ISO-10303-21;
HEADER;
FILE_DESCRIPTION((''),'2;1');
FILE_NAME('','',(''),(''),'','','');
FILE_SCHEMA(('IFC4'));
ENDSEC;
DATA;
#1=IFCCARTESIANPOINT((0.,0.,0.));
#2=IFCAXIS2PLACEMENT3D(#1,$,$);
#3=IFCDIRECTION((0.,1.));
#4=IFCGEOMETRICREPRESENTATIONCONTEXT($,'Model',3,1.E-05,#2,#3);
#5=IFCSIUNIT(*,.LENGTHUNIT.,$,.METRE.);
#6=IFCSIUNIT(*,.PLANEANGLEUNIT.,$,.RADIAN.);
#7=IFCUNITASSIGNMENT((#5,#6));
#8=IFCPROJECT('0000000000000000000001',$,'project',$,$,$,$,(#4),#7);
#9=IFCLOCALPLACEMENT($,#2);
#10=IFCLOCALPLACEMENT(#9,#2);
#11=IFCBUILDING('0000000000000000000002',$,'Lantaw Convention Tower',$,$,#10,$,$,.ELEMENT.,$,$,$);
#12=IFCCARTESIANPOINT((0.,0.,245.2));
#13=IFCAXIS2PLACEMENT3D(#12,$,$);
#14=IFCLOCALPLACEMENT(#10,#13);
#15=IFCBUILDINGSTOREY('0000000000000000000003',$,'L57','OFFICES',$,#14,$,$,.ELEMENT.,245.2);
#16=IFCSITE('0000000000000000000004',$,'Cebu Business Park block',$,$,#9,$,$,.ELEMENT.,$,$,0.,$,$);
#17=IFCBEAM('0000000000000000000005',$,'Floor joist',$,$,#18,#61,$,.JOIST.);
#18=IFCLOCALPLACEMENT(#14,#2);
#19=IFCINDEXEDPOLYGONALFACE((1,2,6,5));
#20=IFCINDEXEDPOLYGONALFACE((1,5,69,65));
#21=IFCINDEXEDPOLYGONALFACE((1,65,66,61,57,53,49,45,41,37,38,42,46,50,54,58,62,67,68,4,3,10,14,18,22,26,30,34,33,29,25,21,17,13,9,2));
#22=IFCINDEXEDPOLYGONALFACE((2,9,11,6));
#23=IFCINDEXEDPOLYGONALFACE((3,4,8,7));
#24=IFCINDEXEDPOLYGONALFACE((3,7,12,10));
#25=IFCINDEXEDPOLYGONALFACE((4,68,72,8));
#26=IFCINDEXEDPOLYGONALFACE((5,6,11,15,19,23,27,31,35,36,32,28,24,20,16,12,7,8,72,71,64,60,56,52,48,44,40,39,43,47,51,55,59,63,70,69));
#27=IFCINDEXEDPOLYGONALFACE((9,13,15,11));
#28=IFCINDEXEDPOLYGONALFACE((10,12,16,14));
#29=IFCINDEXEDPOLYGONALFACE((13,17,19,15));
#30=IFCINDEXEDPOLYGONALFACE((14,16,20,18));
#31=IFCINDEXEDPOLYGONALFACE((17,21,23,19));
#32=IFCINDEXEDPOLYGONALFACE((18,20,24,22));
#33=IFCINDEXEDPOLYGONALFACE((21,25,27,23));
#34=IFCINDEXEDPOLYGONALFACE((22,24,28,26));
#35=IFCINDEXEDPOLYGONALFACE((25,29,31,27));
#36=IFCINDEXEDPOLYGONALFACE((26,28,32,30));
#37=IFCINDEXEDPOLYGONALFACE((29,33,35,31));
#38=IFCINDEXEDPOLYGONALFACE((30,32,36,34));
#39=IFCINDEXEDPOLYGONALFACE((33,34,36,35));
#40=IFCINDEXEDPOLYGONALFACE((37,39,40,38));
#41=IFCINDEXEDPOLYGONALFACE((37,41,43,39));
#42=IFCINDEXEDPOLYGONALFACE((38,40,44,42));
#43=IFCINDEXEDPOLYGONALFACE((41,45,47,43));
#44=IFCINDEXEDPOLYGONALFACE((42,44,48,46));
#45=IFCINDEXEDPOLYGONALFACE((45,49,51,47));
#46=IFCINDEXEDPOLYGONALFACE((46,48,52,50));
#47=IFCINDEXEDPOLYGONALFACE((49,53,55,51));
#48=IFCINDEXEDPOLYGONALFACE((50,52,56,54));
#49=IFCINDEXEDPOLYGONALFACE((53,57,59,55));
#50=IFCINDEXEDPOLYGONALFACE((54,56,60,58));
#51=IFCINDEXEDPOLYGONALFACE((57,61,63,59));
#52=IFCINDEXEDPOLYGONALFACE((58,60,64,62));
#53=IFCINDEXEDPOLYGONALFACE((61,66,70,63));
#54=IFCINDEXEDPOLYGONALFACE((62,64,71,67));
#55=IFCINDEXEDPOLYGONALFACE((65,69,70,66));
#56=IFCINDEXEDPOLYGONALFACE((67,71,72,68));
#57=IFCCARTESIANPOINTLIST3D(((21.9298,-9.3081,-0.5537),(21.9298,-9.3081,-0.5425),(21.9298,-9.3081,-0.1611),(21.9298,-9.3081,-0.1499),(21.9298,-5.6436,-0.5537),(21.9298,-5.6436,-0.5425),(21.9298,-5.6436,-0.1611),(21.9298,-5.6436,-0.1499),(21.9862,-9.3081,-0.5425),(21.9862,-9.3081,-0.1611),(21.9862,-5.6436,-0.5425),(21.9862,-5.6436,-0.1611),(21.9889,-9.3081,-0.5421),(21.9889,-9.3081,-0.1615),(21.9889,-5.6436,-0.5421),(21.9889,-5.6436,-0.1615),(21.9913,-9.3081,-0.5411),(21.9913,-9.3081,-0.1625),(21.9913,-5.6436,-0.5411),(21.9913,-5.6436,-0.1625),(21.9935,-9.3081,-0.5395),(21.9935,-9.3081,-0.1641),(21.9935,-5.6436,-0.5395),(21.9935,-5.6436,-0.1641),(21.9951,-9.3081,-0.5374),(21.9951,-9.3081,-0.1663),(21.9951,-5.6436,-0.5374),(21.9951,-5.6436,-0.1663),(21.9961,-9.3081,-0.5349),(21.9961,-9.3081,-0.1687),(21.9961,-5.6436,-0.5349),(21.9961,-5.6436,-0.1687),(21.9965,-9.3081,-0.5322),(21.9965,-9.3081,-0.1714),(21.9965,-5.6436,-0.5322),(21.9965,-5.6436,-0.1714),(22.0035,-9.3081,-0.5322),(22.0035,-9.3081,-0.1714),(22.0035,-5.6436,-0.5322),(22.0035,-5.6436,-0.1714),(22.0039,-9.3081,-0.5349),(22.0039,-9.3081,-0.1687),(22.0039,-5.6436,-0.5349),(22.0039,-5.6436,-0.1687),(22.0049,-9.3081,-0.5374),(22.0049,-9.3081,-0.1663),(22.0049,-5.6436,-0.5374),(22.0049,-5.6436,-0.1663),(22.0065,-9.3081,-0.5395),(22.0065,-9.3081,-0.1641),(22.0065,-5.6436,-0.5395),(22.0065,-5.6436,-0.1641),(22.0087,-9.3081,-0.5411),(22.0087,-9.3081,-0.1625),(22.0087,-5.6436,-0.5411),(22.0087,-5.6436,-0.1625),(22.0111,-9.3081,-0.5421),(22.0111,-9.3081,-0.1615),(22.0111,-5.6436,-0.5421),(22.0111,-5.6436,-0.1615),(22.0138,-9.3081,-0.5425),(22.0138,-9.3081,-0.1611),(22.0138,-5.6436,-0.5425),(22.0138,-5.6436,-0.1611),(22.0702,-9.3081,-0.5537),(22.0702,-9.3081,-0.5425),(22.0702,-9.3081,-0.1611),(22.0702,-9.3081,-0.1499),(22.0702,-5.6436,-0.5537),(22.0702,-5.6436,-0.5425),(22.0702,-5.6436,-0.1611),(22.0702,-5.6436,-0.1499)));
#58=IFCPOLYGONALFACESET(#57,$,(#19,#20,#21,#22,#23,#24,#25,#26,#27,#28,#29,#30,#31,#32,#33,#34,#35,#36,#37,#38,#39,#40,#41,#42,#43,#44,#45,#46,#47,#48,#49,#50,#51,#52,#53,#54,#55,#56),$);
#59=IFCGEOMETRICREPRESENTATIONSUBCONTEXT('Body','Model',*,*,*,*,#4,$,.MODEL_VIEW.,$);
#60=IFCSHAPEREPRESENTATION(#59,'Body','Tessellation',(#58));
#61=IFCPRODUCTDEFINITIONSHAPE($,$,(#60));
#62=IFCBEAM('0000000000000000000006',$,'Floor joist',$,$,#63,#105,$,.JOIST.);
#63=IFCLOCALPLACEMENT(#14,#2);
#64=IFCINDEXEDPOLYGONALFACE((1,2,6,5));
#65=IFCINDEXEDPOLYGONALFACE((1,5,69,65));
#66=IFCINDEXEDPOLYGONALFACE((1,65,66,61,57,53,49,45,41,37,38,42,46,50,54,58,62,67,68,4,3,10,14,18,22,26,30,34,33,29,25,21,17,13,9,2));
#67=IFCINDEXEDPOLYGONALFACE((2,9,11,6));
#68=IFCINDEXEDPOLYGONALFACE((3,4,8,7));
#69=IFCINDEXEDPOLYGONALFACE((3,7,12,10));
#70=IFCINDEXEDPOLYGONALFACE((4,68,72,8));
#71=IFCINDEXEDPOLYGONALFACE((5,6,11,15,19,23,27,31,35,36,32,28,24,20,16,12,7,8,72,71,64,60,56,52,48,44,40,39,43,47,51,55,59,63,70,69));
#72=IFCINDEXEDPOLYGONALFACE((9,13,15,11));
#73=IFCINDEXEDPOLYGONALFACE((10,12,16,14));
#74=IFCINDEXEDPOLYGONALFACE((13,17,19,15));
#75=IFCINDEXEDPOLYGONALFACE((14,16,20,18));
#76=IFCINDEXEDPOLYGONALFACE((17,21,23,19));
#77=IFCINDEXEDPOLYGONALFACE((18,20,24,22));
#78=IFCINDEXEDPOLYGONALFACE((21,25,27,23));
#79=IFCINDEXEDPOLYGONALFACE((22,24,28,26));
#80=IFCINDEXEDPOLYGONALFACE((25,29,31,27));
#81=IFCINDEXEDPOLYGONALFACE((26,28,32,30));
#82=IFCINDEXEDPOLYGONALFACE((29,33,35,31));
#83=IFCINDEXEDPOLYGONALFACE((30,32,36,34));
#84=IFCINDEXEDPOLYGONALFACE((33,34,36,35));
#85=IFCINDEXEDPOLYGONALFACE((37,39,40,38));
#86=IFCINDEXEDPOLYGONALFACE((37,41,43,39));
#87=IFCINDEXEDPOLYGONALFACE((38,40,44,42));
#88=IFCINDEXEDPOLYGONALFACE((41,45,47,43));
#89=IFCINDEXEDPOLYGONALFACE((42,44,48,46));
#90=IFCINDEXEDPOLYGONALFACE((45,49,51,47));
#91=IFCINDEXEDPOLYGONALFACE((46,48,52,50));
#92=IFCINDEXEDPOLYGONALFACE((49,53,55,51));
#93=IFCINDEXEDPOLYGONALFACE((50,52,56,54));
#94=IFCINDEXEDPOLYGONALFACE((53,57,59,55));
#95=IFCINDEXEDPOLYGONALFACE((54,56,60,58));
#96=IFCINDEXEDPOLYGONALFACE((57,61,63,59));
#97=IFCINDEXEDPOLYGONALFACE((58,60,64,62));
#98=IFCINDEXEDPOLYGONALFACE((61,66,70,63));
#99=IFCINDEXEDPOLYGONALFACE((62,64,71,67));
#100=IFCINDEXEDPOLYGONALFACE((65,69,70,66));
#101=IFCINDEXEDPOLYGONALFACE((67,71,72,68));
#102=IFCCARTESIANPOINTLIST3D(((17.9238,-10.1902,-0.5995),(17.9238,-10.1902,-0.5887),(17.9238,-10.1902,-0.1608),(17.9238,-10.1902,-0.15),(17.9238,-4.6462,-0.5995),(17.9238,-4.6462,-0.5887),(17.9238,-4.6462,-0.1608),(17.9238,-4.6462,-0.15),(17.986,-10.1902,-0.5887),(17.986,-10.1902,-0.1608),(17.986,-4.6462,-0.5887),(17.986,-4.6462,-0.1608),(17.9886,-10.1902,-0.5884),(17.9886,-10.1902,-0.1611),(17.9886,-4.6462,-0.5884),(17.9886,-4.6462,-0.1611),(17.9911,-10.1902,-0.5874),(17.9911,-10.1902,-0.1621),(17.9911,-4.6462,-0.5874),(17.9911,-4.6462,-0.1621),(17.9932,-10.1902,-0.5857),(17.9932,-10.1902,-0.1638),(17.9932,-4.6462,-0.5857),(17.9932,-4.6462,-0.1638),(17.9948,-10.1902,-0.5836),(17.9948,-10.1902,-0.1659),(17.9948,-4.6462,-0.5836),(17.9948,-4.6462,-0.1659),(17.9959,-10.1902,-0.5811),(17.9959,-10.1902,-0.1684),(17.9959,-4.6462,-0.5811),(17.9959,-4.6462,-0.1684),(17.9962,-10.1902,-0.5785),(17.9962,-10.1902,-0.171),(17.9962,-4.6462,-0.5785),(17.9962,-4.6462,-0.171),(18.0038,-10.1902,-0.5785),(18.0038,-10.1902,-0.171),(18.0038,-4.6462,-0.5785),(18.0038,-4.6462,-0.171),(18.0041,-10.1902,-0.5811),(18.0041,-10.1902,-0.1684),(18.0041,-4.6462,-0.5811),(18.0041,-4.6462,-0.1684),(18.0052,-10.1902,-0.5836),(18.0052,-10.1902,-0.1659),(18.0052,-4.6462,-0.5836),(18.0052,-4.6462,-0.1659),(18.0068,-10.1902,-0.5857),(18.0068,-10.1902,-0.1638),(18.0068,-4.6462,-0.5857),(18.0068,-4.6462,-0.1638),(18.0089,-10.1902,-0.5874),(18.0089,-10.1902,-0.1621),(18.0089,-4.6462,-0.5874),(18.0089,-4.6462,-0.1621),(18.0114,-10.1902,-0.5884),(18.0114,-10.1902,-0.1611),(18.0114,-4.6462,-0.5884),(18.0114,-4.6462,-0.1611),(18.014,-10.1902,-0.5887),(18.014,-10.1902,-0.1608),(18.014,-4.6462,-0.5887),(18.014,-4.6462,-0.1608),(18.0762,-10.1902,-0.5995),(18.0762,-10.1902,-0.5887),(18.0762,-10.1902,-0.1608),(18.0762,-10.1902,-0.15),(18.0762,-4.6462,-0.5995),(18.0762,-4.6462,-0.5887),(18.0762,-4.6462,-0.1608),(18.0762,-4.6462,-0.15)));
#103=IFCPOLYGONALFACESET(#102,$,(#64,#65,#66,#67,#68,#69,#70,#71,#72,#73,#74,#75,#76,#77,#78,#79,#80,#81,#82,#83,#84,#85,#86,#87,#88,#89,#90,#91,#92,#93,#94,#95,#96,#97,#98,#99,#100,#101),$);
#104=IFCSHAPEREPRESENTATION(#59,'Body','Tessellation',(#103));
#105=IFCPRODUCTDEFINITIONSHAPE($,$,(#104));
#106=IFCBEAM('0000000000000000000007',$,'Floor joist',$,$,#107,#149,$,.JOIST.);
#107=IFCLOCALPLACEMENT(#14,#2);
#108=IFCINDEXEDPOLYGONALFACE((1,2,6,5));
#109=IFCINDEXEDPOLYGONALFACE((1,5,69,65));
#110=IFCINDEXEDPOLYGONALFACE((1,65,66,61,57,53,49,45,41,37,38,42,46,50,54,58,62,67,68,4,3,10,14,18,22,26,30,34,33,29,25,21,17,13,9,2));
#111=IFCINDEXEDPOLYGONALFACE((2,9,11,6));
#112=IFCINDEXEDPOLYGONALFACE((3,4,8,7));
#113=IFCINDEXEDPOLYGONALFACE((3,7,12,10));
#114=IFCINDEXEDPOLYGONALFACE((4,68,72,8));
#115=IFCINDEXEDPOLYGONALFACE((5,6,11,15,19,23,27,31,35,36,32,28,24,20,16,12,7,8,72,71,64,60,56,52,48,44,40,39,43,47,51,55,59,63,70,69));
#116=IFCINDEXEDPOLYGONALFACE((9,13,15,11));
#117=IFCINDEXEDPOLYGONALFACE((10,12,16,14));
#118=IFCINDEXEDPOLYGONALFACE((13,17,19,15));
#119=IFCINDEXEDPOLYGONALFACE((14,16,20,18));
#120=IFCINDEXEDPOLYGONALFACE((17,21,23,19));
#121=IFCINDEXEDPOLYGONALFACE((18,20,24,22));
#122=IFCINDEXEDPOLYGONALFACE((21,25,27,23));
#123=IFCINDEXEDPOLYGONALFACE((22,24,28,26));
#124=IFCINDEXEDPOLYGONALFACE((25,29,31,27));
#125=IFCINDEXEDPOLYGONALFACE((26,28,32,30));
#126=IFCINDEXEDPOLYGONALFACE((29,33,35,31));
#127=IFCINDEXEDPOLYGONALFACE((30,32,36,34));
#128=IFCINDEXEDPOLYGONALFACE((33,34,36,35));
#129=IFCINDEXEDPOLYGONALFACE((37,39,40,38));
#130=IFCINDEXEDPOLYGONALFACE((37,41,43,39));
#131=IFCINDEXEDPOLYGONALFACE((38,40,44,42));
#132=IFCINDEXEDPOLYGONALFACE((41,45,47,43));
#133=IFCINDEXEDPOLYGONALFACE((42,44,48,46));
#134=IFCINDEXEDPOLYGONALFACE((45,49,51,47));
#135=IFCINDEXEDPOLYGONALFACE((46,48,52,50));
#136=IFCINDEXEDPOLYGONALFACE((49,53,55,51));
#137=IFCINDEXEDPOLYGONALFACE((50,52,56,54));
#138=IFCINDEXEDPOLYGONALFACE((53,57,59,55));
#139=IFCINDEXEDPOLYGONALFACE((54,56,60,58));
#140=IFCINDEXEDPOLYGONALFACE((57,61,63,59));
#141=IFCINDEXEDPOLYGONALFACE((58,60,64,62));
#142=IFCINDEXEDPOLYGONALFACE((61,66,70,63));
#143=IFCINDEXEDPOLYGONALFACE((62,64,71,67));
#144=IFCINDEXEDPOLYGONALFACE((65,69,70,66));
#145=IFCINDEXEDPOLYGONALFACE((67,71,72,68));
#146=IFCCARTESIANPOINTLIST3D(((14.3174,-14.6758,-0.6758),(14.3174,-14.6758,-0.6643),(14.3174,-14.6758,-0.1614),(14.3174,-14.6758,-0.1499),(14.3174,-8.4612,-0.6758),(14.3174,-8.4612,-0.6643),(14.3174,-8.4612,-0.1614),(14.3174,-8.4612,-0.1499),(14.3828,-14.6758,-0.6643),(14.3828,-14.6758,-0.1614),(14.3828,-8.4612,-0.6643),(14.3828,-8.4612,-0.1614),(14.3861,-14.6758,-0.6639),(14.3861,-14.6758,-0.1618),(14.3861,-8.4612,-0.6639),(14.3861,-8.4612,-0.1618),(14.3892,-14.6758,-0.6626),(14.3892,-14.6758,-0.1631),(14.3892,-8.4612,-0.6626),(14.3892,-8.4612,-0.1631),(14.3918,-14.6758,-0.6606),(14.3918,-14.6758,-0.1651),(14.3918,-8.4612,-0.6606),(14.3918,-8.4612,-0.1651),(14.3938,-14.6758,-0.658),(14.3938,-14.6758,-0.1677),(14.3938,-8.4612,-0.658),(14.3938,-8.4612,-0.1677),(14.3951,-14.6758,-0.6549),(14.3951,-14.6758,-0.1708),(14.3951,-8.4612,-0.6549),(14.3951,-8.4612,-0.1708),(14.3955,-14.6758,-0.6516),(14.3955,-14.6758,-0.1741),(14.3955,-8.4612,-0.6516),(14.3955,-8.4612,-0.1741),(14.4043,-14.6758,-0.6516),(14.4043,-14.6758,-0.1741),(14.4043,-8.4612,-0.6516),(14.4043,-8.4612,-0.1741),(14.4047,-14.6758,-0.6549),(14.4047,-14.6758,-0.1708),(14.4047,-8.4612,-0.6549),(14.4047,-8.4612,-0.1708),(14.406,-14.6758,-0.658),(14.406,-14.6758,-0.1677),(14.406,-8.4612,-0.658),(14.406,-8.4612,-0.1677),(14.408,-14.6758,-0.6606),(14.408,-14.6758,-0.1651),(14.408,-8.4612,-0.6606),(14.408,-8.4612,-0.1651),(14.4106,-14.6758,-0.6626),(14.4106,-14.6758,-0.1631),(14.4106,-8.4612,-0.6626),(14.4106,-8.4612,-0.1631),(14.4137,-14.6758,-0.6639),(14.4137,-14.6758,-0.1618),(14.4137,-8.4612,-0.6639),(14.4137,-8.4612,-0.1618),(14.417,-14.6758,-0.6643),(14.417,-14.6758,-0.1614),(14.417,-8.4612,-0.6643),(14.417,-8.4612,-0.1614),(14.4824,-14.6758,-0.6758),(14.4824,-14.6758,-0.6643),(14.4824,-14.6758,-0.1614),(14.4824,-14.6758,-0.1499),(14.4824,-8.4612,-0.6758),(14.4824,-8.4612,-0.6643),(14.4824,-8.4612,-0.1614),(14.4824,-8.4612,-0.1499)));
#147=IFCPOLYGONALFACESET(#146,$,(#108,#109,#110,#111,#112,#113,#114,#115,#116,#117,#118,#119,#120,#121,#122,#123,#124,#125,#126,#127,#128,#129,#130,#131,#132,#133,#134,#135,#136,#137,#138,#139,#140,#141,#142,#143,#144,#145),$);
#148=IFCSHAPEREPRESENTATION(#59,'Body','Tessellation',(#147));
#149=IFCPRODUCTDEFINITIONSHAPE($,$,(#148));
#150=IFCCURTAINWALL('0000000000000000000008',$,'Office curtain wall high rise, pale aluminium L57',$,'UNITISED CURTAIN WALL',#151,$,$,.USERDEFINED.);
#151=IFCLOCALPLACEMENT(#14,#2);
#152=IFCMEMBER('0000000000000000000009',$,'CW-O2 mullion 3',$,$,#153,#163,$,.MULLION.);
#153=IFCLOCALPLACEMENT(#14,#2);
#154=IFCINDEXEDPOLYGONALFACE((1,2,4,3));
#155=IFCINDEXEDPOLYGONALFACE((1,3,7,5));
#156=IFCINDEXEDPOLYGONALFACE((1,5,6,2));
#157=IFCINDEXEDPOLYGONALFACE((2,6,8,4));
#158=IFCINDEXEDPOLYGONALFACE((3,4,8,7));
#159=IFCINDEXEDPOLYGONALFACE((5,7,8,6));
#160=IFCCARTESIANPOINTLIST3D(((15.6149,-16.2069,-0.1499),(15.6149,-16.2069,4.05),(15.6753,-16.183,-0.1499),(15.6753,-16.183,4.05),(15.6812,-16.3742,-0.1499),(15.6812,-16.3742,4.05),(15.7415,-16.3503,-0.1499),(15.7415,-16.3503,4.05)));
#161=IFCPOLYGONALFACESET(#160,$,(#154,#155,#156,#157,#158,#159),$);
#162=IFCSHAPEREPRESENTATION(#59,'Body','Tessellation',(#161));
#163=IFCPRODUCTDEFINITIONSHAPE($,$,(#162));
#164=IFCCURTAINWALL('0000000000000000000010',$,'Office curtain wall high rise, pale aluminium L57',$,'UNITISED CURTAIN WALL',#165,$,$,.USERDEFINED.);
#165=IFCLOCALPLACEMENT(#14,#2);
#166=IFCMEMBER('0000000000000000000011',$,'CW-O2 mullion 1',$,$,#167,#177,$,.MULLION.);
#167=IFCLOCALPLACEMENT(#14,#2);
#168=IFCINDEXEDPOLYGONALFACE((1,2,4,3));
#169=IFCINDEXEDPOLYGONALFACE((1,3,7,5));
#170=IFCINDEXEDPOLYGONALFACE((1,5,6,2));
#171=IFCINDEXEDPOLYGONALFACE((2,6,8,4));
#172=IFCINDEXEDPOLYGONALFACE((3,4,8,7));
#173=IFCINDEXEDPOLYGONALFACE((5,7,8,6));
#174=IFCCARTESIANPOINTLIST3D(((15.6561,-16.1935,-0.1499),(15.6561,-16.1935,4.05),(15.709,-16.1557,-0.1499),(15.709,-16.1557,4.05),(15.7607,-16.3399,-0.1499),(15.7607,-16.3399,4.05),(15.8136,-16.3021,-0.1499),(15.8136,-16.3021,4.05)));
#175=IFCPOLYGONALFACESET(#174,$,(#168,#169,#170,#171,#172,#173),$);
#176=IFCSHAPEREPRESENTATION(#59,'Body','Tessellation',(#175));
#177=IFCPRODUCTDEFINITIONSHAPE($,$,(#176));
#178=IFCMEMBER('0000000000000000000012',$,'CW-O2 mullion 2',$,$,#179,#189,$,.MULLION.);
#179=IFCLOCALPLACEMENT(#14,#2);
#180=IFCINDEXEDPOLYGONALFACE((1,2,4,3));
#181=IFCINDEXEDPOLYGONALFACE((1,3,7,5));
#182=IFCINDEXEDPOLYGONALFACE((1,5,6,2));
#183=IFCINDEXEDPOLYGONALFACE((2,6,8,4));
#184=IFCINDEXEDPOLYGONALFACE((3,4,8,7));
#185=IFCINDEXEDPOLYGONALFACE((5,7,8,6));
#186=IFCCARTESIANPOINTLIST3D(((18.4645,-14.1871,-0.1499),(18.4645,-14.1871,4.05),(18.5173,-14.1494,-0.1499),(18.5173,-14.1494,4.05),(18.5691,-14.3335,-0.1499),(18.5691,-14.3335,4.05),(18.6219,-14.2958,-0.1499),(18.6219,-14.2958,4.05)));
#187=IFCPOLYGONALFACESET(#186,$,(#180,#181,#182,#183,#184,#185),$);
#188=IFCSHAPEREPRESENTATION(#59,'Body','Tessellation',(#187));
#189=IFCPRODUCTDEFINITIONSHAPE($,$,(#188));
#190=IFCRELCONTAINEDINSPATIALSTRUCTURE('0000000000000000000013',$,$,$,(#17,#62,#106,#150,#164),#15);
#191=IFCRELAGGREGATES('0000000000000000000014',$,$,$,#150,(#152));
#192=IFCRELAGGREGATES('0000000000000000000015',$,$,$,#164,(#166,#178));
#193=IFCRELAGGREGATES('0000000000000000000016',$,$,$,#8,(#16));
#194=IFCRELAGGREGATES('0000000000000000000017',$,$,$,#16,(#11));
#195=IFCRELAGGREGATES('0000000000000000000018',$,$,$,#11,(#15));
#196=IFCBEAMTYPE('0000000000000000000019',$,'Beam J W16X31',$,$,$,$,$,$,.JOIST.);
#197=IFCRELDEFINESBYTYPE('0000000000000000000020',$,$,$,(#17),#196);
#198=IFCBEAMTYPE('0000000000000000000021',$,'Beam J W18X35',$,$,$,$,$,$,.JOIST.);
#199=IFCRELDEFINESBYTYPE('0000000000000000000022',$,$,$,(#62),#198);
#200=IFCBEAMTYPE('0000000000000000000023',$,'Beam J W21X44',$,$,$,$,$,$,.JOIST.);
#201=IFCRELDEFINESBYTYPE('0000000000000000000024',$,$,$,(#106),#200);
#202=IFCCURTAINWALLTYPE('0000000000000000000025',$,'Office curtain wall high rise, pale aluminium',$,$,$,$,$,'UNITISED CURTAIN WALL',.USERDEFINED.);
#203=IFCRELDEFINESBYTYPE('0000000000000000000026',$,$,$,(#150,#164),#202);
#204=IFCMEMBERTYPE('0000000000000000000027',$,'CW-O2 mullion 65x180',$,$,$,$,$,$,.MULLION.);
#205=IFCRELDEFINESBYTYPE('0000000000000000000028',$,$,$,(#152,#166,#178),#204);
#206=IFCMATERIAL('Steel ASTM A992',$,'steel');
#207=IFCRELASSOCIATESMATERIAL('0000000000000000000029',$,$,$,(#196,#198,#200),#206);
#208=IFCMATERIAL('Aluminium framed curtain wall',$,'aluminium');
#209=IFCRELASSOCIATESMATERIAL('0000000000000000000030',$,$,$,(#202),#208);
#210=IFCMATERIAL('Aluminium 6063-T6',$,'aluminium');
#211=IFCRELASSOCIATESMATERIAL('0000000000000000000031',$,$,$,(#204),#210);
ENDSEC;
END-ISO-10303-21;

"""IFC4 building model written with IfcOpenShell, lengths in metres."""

from ifc_helpers import new_model, si_unit, direction, frame, origin, origin_2d, place, context, subcontext, project, spatial, rectangle, i_section, extrude, material, material_profile, profile_set, type_object, element, aggregate, save


model = new_model("IFC4")

# Units and contexts
model_context = context("Model", 3, precision=1e-05, world=origin(), true_north=direction((0.0, 1.0)))
body_context = subcontext(model_context, "Body", "Model", "MODEL_VIEW")
ifc_project = project(units=[si_unit("LENGTHUNIT", "METRE"), si_unit("PLANEANGLEUNIT", "RADIAN")], contexts=[model_context])

# Site, building, storey
site_placement = place(None, origin())
site = spatial("IfcSite", under=ifc_project, at=site_placement, Name="Cebu Business Park block", CompositionType="ELEMENT", RefElevation=0.0)
building_placement = place(site_placement, origin())
building = spatial("IfcBuilding", under=site, at=building_placement, Name="Lantaw Convention Tower", CompositionType="ELEMENT")
storey_placement = place(building_placement, frame((0.0, 0.0, 245.2)))
storey = spatial("IfcBuildingStorey", under=building, at=storey_placement, Name="L57", Description="OFFICES", CompositionType="ELEMENT", Elevation=245.2)

# Beams
ifc_material_1 = material(Name="Steel ASTM A992", Category="steel")
ifc_material_profile_1 = material_profile(ifc_material_1, i_section(OverallWidth=0.1404, OverallDepth=0.4038, WebThickness=0.0071, FlangeThickness=0.0112, FilletRadius=0.0103, at=origin_2d()), Name="W16X31")
ifc_profile_set_1 = profile_set([ifc_material_profile_1], Name="Steel ASTM A992")
beam_type_1 = type_object("IfcBeamType", Name="Beam J W16X31", PredefinedType="JOIST", material=ifc_profile_set_1)
beam_1_placement = place(storey_placement, frame((22.0, -9.3081, -0.3518), z_axis=(0.0, 1.0, 0.0), x_axis=(-1.0, 0.0, 0.0)))
element("IfcBeam", 1, at=beam_1_placement, inside=storey, type_object=beam_type_1, Name="Floor joist", PredefinedType="JOIST", context=body_context, shape_type="SweptSolid", body=[
    extrude(i_section(OverallWidth=0.1404, OverallDepth=0.4038, WebThickness=0.0071, FlangeThickness=0.0112, FilletRadius=0.0103, at=origin_2d()), origin(), (0.0, 0.0, 1.0), 3.6646),
])
ifc_material_profile_2 = material_profile(ifc_material_1, i_section(OverallWidth=0.1523, OverallDepth=0.4495, WebThickness=0.0076, FlangeThickness=0.0107, FilletRadius=0.0103, at=origin_2d()), Name="W18X35")
ifc_profile_set_2 = profile_set([ifc_material_profile_2], Name="Steel ASTM A992")
beam_type_2 = type_object("IfcBeamType", Name="Beam J W18X35", PredefinedType="JOIST", material=ifc_profile_set_2)
beam_2_placement = place(storey_placement, frame((18.0, -10.1902, -0.3748), z_axis=(0.0, 1.0, 0.0), x_axis=(-1.0, 0.0, 0.0)))
element("IfcBeam", 2, at=beam_2_placement, inside=storey, type_object=beam_type_2, Name="Floor joist", PredefinedType="JOIST", context=body_context, shape_type="SweptSolid", body=[
    extrude(i_section(OverallWidth=0.1523, OverallDepth=0.4495, WebThickness=0.0076, FlangeThickness=0.0107, FilletRadius=0.0103, at=origin_2d()), origin(), (0.0, 0.0, 1.0), 5.5439),
])
ifc_material_profile_3 = material_profile(ifc_material_1, i_section(OverallWidth=0.165, OverallDepth=0.5259, WebThickness=0.0088, FlangeThickness=0.0115, FilletRadius=0.0127, at=origin_2d()), Name="W21X44")
ifc_profile_set_3 = profile_set([ifc_material_profile_3], Name="Steel ASTM A992")
beam_type_3 = type_object("IfcBeamType", Name="Beam J W21X44", PredefinedType="JOIST", material=ifc_profile_set_3)
beam_3_placement = place(storey_placement, frame((14.3999, -14.6758, -0.4128), z_axis=(0.0, 1.0, 0.0), x_axis=(-1.0, 0.0, 0.0)))
element("IfcBeam", 3, at=beam_3_placement, inside=storey, type_object=beam_type_3, Name="Floor joist", PredefinedType="JOIST", context=body_context, shape_type="SweptSolid", body=[
    extrude(i_section(OverallWidth=0.165, OverallDepth=0.5259, WebThickness=0.0088, FlangeThickness=0.0115, FilletRadius=0.0127, at=origin_2d()), origin(), (0.0, 0.0, 1.0), 6.2146),
])

# Curtain wall, member
ifc_material_2 = material(Name="Aluminium framed curtain wall", Category="aluminium")
curtain_wall_type = type_object("IfcCurtainWallType", Name="Office curtain wall high rise, pale aluminium", ElementType="UNITISED CURTAIN WALL", PredefinedType="USERDEFINED", material=ifc_material_2)
curtain_wall_1_placement = place(storey_placement, origin())
curtain_wall_1 = element("IfcCurtainWall", 4, at=curtain_wall_1_placement, inside=storey, type_object=curtain_wall_type, Name="Office curtain wall high rise, pale aluminium L57", ObjectType="UNITISED CURTAIN WALL", PredefinedType="USERDEFINED")
ifc_material_3 = material(Name="Aluminium 6063-T6", Category="aluminium")
ifc_material_profile_4 = material_profile(ifc_material_3, rectangle(XDim=0.1799, YDim=0.0649, at=origin_2d()), Name="CW-O2 mullion 65x180")
ifc_profile_set_4 = profile_set([ifc_material_profile_4], Name="Aluminium 6063-T6")
member_type_1 = type_object("IfcMemberType", Name="CW-O2 mullion 65x180", PredefinedType="MULLION", material=ifc_profile_set_4)
member_1_placement = place(storey_placement, frame((15.6782, -16.2786, -0.1499), z_axis=(0.0, 0.0, 1.0), x_axis=(-0.368162, 0.929762, 0.0)))
member_1 = element("IfcMember", 5, at=member_1_placement, type_object=member_type_1, Name="CW-O2 mullion 3", PredefinedType="MULLION", context=body_context, shape_type="SweptSolid", body=[
    extrude(rectangle(XDim=0.1799, YDim=0.0649, at=origin_2d()), origin(), (0.0, 0.0, 1.0), 4.2),
])

# Curtain wall, members
curtain_wall_2_placement = place(storey_placement, origin())
curtain_wall_2 = element("IfcCurtainWall", 6, at=curtain_wall_2_placement, inside=storey, type_object=curtain_wall_type, Name="Office curtain wall high rise, pale aluminium L57", ObjectType="UNITISED CURTAIN WALL", PredefinedType="USERDEFINED")
member_2_placement = place(storey_placement, frame((15.7349, -16.2478, -0.1499), z_axis=(0.0, 0.0, 1.0), x_axis=(-0.581323, 0.813673, 0.0)))
member_2 = element("IfcMember", 7, at=member_2_placement, type_object=member_type_1, Name="CW-O2 mullion 1", PredefinedType="MULLION", context=body_context, shape_type="SweptSolid", body=[
    extrude(rectangle(XDim=0.1799, YDim=0.0649, at=origin_2d()), origin(), (0.0, 0.0, 1.0), 4.2),
])
member_3_placement = place(storey_placement, frame((18.5432, -14.2415, -0.1499), z_axis=(0.0, 0.0, 1.0), x_axis=(-0.581323, 0.813673, 0.0)))
member_3 = element("IfcMember", 8, at=member_3_placement, type_object=member_type_1, Name="CW-O2 mullion 2", PredefinedType="MULLION", context=body_context, shape_type="SweptSolid", body=[
    extrude(rectangle(XDim=0.1799, YDim=0.0649, at=origin_2d()), origin(), (0.0, 0.0, 1.0), 4.2),
])

aggregate(curtain_wall_1, [member_1])
aggregate(curtain_wall_2, [member_2, member_3])

save(model, "model.ifc")
